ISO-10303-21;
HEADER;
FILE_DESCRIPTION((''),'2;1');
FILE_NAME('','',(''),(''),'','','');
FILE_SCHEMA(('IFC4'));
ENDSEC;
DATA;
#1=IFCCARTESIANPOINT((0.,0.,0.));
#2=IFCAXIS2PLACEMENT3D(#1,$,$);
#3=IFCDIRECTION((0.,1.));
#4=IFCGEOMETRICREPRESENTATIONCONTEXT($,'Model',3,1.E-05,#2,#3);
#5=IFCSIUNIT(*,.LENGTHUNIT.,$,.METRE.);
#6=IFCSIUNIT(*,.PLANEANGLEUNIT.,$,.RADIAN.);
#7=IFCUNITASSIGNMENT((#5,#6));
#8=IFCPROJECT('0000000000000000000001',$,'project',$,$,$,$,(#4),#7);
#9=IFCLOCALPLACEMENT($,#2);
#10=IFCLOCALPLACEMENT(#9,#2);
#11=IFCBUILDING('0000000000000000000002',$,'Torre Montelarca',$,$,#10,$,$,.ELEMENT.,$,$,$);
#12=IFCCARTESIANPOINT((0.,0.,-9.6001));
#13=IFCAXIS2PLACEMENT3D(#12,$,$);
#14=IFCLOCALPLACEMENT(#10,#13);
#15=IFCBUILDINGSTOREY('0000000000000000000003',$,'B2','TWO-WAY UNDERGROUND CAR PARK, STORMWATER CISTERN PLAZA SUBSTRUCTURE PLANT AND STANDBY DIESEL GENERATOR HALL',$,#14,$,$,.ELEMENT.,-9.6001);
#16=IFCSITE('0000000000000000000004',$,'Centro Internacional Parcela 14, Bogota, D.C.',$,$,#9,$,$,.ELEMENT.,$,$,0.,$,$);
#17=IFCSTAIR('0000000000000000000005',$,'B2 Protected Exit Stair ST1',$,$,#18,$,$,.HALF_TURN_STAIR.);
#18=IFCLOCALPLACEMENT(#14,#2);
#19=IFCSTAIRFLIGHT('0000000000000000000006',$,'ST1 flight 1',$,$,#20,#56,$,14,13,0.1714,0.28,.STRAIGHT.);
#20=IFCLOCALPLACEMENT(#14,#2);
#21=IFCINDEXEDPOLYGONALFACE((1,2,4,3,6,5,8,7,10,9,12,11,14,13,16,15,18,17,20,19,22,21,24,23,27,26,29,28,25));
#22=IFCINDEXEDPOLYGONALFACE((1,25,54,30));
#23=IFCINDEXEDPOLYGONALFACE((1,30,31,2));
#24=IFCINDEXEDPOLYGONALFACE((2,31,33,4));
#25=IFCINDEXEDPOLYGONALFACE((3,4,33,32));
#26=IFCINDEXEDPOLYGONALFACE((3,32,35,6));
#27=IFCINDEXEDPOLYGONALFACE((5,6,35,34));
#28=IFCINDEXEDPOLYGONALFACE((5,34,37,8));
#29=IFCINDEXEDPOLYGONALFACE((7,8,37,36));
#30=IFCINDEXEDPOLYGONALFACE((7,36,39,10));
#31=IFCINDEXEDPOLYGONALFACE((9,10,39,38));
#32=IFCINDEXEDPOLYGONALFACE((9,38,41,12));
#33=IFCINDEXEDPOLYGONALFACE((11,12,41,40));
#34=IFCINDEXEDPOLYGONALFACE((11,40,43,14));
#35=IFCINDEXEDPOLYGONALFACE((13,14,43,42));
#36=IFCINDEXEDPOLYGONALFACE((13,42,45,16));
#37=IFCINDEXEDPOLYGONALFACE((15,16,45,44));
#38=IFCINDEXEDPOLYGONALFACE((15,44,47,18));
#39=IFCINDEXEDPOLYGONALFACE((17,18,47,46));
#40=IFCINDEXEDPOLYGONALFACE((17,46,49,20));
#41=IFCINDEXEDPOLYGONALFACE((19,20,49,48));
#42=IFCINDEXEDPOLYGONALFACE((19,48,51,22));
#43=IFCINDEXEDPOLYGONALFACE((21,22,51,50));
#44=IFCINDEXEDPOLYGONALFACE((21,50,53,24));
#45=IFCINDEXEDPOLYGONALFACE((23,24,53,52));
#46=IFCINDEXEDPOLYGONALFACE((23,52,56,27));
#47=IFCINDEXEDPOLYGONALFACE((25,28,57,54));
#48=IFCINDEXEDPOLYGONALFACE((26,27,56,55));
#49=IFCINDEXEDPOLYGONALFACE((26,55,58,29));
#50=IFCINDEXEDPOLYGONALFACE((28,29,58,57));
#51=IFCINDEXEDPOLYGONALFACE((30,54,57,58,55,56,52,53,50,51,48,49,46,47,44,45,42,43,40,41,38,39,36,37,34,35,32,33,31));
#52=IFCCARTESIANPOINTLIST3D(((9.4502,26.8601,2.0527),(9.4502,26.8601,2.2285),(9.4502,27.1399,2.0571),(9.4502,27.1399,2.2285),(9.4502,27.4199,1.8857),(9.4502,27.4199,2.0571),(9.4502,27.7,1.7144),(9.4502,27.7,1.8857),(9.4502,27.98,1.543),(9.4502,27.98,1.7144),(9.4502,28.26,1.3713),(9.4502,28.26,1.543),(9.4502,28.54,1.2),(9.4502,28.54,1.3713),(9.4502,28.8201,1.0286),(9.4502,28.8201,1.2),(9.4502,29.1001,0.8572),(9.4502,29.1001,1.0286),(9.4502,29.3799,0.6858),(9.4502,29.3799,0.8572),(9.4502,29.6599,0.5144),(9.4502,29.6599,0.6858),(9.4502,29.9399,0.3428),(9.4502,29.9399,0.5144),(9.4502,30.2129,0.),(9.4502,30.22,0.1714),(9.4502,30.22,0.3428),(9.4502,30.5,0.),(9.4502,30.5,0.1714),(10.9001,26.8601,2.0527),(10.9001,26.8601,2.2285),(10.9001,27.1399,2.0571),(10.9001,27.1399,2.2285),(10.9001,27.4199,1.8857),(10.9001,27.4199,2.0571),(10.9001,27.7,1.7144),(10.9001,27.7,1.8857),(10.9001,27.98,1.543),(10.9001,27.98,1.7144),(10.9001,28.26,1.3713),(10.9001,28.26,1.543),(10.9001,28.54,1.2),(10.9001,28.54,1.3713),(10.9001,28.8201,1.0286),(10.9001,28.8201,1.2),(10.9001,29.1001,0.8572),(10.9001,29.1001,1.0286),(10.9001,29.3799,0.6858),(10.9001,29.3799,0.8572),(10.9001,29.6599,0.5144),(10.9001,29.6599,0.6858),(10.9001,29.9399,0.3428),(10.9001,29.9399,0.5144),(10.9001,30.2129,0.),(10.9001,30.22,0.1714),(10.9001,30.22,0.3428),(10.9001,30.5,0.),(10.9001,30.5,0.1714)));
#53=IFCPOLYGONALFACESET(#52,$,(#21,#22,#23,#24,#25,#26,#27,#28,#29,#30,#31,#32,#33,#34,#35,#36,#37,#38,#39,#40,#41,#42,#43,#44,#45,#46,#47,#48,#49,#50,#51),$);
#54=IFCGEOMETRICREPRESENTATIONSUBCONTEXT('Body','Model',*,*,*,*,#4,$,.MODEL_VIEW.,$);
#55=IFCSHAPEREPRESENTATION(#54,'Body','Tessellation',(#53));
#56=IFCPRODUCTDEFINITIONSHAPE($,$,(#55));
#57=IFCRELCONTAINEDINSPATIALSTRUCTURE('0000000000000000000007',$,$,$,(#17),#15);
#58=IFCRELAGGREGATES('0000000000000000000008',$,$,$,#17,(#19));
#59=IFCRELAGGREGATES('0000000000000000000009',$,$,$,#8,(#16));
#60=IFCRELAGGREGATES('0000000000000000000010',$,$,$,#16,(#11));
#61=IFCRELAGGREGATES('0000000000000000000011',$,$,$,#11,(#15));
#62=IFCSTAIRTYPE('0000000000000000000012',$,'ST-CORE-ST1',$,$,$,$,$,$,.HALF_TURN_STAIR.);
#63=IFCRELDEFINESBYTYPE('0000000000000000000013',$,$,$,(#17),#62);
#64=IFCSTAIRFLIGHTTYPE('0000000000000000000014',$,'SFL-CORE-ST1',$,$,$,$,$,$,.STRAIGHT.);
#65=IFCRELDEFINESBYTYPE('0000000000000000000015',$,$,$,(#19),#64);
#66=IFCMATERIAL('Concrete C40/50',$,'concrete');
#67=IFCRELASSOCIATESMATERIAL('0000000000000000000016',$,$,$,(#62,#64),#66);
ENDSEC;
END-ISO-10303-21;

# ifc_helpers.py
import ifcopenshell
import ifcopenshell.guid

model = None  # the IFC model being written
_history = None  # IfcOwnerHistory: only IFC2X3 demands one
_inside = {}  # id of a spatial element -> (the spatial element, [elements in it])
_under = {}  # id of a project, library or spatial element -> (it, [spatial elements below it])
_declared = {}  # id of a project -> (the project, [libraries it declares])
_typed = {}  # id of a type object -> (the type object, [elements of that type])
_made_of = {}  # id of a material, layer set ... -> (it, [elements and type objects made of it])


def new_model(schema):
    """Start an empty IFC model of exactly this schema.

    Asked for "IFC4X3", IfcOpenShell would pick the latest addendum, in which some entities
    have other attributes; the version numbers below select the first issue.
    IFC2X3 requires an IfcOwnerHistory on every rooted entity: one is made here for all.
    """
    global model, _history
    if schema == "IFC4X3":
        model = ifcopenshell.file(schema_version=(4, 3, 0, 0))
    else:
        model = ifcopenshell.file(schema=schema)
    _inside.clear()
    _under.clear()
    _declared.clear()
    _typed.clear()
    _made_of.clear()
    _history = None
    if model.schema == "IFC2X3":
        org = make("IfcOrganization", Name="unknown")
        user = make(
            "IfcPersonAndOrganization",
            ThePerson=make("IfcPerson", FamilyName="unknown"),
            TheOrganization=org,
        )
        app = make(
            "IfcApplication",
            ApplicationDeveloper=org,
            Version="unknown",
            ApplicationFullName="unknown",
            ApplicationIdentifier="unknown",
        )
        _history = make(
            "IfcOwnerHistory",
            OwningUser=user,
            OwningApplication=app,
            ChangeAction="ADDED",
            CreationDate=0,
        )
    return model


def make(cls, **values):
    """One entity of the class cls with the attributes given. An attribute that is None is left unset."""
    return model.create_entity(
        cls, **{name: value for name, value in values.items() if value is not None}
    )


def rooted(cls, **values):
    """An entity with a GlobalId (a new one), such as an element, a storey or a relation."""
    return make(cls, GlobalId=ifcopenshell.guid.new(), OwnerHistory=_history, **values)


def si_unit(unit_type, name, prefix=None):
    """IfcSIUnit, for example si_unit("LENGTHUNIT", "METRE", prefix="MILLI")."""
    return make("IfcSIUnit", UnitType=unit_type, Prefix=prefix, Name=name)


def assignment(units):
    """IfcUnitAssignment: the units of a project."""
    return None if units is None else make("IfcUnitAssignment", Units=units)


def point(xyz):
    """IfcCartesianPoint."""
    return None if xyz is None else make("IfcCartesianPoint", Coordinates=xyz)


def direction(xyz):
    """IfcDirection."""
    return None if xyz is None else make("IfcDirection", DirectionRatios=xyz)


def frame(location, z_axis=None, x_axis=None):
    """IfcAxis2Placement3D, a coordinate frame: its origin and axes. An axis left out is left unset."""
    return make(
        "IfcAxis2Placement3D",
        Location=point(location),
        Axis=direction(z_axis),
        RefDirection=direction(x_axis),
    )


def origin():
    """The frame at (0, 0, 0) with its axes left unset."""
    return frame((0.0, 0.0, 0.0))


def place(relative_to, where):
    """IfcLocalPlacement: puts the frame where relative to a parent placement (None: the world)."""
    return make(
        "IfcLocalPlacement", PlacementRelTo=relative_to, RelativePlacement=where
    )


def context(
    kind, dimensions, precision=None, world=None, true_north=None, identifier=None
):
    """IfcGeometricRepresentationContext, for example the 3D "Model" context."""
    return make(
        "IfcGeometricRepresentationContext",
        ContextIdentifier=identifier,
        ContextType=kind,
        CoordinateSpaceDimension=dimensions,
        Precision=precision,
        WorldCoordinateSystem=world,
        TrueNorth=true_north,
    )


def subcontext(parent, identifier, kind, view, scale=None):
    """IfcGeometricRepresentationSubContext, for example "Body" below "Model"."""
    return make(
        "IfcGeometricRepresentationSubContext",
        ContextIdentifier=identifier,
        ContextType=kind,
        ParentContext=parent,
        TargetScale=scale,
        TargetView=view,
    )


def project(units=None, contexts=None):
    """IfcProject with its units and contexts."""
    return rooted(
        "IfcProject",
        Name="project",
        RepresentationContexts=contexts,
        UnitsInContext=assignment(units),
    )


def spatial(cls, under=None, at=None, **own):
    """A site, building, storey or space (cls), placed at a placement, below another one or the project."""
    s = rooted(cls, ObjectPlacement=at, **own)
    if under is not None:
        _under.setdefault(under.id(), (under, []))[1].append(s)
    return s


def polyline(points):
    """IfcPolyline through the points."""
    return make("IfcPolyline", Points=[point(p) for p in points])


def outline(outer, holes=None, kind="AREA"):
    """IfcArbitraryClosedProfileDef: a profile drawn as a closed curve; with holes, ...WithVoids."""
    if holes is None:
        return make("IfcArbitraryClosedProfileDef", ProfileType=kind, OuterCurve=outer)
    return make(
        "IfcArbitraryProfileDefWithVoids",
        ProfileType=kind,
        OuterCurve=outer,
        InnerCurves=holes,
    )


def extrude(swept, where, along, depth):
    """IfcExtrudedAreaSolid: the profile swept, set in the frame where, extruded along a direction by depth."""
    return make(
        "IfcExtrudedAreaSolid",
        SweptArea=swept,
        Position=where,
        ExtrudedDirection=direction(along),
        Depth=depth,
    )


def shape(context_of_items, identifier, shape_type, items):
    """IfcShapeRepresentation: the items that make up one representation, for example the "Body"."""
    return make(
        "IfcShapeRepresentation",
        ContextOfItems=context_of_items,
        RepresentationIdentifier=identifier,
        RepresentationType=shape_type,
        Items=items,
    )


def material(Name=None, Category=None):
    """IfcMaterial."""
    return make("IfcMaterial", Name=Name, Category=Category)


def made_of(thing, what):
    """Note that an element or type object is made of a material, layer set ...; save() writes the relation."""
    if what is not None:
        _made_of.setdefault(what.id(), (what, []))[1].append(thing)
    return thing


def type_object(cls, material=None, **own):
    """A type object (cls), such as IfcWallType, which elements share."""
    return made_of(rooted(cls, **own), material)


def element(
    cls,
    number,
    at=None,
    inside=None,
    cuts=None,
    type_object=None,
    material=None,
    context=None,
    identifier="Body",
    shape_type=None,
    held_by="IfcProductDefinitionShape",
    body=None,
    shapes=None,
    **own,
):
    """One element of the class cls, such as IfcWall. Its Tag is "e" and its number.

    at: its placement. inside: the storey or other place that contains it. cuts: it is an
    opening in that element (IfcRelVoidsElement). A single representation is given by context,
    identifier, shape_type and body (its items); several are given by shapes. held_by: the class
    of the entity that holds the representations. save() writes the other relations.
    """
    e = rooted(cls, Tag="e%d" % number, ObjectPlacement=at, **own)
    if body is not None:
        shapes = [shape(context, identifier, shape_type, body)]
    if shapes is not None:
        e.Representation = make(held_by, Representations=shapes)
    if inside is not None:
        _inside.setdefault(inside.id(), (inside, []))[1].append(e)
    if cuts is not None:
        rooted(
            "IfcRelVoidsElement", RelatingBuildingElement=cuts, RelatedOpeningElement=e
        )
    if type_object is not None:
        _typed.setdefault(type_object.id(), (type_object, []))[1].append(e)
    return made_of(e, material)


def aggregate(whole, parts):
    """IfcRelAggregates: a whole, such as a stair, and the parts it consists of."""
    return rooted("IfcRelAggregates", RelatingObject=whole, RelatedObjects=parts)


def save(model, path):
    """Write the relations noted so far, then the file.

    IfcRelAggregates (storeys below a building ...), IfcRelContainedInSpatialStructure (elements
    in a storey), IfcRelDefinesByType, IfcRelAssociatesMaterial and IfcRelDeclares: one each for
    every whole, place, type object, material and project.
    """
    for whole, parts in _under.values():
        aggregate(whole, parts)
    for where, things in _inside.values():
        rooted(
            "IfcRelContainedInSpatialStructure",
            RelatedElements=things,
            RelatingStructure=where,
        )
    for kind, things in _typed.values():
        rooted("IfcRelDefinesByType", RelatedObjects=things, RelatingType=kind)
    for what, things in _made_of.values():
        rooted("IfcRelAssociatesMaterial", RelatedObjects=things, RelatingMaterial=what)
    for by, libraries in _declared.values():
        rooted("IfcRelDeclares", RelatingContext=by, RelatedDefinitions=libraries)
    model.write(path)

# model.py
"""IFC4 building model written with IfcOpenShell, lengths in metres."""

from ifc_helpers import new_model, si_unit, direction, frame, origin, place, context, subcontext, project, spatial, polyline, outline, extrude, material, type_object, element, aggregate, save


model = new_model("IFC4")

# Units and contexts
model_context = context("Model", 3, precision=1e-05, world=origin(), true_north=direction((0.0, 1.0)))
body_context = subcontext(model_context, "Body", "Model", "MODEL_VIEW")
ifc_project = project(units=[si_unit("LENGTHUNIT", "METRE"), si_unit("PLANEANGLEUNIT", "RADIAN")], contexts=[model_context])

# Site, building, storey
site_placement = place(None, origin())
site = spatial("IfcSite", under=ifc_project, at=site_placement, Name="Centro Internacional Parcela 14, Bogota, D.C.", CompositionType="ELEMENT", RefElevation=0.0)
building_placement = place(site_placement, origin())
building = spatial("IfcBuilding", under=site, at=building_placement, Name="Torre Montelarca", CompositionType="ELEMENT")
storey_placement = place(building_placement, frame((0.0, 0.0, -9.6001)))
storey = spatial("IfcBuildingStorey", under=building, at=storey_placement, Name="B2", Description="TWO-WAY UNDERGROUND CAR PARK, STORMWATER CISTERN PLAZA SUBSTRUCTURE PLANT AND STANDBY DIESEL GENERATOR HALL", CompositionType="ELEMENT", Elevation=-9.6001)

# Shared definitions
ifc_material_1 = material(Name="Concrete C40/50", Category="concrete")

# Stair, stair flight
stair_type = type_object("IfcStairType", Name="ST-CORE-ST1", PredefinedType="HALF_TURN_STAIR", material=ifc_material_1)
stair_placement = place(storey_placement, origin())
stair = element("IfcStair", 1, at=stair_placement, inside=storey, type_object=stair_type, Name="B2 Protected Exit Stair ST1", PredefinedType="HALF_TURN_STAIR")
stair_flight_type = type_object("IfcStairFlightType", Name="SFL-CORE-ST1", PredefinedType="STRAIGHT", material=ifc_material_1)
stair_flight_placement = place(storey_placement, frame((10.175, 30.5, 0.0), z_axis=(0.0, 0.0, 1.0), x_axis=(0.0, -1.0, 0.0)))
stair_flight = element("IfcStairFlight", 2, at=stair_flight_placement, type_object=stair_flight_type, Name="ST1 flight 1", NumberOfRisers=14, NumberOfTreads=13, PredefinedType="STRAIGHT", RiserHeight=0.1714, TreadLength=0.28, context=body_context, shape_type="SweptSolid", body=[
    extrude(outline(polyline([(0.0, 0.0), (0.0, 0.1714), (0.28, 0.1714), (0.28, 0.3428), (0.5601, 0.3428), (0.5601, 0.5144), (0.8401, 0.5144), (0.8401, 0.6858), (1.1201, 0.6858), (1.1201, 0.8572), (1.3999, 0.8572), (1.3999, 1.0286), (1.6799, 1.0286), (1.6799, 1.2), (1.96, 1.2), (1.96, 1.3713), (2.24, 1.3713), (2.24, 1.543), (2.52, 1.543), (2.52, 1.7144), (2.8, 1.7144), (2.8, 1.8857), (3.0801, 1.8857), (3.0801, 2.0571), (3.3601, 2.0571), (3.3601, 2.2285), (3.6399, 2.2285), (3.6399, 2.3999), (3.6399, 2.0527), (0.2871, 0.0), (0.0, 0.0)])), frame((0.0, 0.7251, 0.0), z_axis=(0.0, -1.0, 0.0), x_axis=(1.0, 0.0, 0.0)), (0.0, 0.0, 1.0), 1.45),
])
aggregate(stair, [stair_flight])

save(model, "model.ifc")
